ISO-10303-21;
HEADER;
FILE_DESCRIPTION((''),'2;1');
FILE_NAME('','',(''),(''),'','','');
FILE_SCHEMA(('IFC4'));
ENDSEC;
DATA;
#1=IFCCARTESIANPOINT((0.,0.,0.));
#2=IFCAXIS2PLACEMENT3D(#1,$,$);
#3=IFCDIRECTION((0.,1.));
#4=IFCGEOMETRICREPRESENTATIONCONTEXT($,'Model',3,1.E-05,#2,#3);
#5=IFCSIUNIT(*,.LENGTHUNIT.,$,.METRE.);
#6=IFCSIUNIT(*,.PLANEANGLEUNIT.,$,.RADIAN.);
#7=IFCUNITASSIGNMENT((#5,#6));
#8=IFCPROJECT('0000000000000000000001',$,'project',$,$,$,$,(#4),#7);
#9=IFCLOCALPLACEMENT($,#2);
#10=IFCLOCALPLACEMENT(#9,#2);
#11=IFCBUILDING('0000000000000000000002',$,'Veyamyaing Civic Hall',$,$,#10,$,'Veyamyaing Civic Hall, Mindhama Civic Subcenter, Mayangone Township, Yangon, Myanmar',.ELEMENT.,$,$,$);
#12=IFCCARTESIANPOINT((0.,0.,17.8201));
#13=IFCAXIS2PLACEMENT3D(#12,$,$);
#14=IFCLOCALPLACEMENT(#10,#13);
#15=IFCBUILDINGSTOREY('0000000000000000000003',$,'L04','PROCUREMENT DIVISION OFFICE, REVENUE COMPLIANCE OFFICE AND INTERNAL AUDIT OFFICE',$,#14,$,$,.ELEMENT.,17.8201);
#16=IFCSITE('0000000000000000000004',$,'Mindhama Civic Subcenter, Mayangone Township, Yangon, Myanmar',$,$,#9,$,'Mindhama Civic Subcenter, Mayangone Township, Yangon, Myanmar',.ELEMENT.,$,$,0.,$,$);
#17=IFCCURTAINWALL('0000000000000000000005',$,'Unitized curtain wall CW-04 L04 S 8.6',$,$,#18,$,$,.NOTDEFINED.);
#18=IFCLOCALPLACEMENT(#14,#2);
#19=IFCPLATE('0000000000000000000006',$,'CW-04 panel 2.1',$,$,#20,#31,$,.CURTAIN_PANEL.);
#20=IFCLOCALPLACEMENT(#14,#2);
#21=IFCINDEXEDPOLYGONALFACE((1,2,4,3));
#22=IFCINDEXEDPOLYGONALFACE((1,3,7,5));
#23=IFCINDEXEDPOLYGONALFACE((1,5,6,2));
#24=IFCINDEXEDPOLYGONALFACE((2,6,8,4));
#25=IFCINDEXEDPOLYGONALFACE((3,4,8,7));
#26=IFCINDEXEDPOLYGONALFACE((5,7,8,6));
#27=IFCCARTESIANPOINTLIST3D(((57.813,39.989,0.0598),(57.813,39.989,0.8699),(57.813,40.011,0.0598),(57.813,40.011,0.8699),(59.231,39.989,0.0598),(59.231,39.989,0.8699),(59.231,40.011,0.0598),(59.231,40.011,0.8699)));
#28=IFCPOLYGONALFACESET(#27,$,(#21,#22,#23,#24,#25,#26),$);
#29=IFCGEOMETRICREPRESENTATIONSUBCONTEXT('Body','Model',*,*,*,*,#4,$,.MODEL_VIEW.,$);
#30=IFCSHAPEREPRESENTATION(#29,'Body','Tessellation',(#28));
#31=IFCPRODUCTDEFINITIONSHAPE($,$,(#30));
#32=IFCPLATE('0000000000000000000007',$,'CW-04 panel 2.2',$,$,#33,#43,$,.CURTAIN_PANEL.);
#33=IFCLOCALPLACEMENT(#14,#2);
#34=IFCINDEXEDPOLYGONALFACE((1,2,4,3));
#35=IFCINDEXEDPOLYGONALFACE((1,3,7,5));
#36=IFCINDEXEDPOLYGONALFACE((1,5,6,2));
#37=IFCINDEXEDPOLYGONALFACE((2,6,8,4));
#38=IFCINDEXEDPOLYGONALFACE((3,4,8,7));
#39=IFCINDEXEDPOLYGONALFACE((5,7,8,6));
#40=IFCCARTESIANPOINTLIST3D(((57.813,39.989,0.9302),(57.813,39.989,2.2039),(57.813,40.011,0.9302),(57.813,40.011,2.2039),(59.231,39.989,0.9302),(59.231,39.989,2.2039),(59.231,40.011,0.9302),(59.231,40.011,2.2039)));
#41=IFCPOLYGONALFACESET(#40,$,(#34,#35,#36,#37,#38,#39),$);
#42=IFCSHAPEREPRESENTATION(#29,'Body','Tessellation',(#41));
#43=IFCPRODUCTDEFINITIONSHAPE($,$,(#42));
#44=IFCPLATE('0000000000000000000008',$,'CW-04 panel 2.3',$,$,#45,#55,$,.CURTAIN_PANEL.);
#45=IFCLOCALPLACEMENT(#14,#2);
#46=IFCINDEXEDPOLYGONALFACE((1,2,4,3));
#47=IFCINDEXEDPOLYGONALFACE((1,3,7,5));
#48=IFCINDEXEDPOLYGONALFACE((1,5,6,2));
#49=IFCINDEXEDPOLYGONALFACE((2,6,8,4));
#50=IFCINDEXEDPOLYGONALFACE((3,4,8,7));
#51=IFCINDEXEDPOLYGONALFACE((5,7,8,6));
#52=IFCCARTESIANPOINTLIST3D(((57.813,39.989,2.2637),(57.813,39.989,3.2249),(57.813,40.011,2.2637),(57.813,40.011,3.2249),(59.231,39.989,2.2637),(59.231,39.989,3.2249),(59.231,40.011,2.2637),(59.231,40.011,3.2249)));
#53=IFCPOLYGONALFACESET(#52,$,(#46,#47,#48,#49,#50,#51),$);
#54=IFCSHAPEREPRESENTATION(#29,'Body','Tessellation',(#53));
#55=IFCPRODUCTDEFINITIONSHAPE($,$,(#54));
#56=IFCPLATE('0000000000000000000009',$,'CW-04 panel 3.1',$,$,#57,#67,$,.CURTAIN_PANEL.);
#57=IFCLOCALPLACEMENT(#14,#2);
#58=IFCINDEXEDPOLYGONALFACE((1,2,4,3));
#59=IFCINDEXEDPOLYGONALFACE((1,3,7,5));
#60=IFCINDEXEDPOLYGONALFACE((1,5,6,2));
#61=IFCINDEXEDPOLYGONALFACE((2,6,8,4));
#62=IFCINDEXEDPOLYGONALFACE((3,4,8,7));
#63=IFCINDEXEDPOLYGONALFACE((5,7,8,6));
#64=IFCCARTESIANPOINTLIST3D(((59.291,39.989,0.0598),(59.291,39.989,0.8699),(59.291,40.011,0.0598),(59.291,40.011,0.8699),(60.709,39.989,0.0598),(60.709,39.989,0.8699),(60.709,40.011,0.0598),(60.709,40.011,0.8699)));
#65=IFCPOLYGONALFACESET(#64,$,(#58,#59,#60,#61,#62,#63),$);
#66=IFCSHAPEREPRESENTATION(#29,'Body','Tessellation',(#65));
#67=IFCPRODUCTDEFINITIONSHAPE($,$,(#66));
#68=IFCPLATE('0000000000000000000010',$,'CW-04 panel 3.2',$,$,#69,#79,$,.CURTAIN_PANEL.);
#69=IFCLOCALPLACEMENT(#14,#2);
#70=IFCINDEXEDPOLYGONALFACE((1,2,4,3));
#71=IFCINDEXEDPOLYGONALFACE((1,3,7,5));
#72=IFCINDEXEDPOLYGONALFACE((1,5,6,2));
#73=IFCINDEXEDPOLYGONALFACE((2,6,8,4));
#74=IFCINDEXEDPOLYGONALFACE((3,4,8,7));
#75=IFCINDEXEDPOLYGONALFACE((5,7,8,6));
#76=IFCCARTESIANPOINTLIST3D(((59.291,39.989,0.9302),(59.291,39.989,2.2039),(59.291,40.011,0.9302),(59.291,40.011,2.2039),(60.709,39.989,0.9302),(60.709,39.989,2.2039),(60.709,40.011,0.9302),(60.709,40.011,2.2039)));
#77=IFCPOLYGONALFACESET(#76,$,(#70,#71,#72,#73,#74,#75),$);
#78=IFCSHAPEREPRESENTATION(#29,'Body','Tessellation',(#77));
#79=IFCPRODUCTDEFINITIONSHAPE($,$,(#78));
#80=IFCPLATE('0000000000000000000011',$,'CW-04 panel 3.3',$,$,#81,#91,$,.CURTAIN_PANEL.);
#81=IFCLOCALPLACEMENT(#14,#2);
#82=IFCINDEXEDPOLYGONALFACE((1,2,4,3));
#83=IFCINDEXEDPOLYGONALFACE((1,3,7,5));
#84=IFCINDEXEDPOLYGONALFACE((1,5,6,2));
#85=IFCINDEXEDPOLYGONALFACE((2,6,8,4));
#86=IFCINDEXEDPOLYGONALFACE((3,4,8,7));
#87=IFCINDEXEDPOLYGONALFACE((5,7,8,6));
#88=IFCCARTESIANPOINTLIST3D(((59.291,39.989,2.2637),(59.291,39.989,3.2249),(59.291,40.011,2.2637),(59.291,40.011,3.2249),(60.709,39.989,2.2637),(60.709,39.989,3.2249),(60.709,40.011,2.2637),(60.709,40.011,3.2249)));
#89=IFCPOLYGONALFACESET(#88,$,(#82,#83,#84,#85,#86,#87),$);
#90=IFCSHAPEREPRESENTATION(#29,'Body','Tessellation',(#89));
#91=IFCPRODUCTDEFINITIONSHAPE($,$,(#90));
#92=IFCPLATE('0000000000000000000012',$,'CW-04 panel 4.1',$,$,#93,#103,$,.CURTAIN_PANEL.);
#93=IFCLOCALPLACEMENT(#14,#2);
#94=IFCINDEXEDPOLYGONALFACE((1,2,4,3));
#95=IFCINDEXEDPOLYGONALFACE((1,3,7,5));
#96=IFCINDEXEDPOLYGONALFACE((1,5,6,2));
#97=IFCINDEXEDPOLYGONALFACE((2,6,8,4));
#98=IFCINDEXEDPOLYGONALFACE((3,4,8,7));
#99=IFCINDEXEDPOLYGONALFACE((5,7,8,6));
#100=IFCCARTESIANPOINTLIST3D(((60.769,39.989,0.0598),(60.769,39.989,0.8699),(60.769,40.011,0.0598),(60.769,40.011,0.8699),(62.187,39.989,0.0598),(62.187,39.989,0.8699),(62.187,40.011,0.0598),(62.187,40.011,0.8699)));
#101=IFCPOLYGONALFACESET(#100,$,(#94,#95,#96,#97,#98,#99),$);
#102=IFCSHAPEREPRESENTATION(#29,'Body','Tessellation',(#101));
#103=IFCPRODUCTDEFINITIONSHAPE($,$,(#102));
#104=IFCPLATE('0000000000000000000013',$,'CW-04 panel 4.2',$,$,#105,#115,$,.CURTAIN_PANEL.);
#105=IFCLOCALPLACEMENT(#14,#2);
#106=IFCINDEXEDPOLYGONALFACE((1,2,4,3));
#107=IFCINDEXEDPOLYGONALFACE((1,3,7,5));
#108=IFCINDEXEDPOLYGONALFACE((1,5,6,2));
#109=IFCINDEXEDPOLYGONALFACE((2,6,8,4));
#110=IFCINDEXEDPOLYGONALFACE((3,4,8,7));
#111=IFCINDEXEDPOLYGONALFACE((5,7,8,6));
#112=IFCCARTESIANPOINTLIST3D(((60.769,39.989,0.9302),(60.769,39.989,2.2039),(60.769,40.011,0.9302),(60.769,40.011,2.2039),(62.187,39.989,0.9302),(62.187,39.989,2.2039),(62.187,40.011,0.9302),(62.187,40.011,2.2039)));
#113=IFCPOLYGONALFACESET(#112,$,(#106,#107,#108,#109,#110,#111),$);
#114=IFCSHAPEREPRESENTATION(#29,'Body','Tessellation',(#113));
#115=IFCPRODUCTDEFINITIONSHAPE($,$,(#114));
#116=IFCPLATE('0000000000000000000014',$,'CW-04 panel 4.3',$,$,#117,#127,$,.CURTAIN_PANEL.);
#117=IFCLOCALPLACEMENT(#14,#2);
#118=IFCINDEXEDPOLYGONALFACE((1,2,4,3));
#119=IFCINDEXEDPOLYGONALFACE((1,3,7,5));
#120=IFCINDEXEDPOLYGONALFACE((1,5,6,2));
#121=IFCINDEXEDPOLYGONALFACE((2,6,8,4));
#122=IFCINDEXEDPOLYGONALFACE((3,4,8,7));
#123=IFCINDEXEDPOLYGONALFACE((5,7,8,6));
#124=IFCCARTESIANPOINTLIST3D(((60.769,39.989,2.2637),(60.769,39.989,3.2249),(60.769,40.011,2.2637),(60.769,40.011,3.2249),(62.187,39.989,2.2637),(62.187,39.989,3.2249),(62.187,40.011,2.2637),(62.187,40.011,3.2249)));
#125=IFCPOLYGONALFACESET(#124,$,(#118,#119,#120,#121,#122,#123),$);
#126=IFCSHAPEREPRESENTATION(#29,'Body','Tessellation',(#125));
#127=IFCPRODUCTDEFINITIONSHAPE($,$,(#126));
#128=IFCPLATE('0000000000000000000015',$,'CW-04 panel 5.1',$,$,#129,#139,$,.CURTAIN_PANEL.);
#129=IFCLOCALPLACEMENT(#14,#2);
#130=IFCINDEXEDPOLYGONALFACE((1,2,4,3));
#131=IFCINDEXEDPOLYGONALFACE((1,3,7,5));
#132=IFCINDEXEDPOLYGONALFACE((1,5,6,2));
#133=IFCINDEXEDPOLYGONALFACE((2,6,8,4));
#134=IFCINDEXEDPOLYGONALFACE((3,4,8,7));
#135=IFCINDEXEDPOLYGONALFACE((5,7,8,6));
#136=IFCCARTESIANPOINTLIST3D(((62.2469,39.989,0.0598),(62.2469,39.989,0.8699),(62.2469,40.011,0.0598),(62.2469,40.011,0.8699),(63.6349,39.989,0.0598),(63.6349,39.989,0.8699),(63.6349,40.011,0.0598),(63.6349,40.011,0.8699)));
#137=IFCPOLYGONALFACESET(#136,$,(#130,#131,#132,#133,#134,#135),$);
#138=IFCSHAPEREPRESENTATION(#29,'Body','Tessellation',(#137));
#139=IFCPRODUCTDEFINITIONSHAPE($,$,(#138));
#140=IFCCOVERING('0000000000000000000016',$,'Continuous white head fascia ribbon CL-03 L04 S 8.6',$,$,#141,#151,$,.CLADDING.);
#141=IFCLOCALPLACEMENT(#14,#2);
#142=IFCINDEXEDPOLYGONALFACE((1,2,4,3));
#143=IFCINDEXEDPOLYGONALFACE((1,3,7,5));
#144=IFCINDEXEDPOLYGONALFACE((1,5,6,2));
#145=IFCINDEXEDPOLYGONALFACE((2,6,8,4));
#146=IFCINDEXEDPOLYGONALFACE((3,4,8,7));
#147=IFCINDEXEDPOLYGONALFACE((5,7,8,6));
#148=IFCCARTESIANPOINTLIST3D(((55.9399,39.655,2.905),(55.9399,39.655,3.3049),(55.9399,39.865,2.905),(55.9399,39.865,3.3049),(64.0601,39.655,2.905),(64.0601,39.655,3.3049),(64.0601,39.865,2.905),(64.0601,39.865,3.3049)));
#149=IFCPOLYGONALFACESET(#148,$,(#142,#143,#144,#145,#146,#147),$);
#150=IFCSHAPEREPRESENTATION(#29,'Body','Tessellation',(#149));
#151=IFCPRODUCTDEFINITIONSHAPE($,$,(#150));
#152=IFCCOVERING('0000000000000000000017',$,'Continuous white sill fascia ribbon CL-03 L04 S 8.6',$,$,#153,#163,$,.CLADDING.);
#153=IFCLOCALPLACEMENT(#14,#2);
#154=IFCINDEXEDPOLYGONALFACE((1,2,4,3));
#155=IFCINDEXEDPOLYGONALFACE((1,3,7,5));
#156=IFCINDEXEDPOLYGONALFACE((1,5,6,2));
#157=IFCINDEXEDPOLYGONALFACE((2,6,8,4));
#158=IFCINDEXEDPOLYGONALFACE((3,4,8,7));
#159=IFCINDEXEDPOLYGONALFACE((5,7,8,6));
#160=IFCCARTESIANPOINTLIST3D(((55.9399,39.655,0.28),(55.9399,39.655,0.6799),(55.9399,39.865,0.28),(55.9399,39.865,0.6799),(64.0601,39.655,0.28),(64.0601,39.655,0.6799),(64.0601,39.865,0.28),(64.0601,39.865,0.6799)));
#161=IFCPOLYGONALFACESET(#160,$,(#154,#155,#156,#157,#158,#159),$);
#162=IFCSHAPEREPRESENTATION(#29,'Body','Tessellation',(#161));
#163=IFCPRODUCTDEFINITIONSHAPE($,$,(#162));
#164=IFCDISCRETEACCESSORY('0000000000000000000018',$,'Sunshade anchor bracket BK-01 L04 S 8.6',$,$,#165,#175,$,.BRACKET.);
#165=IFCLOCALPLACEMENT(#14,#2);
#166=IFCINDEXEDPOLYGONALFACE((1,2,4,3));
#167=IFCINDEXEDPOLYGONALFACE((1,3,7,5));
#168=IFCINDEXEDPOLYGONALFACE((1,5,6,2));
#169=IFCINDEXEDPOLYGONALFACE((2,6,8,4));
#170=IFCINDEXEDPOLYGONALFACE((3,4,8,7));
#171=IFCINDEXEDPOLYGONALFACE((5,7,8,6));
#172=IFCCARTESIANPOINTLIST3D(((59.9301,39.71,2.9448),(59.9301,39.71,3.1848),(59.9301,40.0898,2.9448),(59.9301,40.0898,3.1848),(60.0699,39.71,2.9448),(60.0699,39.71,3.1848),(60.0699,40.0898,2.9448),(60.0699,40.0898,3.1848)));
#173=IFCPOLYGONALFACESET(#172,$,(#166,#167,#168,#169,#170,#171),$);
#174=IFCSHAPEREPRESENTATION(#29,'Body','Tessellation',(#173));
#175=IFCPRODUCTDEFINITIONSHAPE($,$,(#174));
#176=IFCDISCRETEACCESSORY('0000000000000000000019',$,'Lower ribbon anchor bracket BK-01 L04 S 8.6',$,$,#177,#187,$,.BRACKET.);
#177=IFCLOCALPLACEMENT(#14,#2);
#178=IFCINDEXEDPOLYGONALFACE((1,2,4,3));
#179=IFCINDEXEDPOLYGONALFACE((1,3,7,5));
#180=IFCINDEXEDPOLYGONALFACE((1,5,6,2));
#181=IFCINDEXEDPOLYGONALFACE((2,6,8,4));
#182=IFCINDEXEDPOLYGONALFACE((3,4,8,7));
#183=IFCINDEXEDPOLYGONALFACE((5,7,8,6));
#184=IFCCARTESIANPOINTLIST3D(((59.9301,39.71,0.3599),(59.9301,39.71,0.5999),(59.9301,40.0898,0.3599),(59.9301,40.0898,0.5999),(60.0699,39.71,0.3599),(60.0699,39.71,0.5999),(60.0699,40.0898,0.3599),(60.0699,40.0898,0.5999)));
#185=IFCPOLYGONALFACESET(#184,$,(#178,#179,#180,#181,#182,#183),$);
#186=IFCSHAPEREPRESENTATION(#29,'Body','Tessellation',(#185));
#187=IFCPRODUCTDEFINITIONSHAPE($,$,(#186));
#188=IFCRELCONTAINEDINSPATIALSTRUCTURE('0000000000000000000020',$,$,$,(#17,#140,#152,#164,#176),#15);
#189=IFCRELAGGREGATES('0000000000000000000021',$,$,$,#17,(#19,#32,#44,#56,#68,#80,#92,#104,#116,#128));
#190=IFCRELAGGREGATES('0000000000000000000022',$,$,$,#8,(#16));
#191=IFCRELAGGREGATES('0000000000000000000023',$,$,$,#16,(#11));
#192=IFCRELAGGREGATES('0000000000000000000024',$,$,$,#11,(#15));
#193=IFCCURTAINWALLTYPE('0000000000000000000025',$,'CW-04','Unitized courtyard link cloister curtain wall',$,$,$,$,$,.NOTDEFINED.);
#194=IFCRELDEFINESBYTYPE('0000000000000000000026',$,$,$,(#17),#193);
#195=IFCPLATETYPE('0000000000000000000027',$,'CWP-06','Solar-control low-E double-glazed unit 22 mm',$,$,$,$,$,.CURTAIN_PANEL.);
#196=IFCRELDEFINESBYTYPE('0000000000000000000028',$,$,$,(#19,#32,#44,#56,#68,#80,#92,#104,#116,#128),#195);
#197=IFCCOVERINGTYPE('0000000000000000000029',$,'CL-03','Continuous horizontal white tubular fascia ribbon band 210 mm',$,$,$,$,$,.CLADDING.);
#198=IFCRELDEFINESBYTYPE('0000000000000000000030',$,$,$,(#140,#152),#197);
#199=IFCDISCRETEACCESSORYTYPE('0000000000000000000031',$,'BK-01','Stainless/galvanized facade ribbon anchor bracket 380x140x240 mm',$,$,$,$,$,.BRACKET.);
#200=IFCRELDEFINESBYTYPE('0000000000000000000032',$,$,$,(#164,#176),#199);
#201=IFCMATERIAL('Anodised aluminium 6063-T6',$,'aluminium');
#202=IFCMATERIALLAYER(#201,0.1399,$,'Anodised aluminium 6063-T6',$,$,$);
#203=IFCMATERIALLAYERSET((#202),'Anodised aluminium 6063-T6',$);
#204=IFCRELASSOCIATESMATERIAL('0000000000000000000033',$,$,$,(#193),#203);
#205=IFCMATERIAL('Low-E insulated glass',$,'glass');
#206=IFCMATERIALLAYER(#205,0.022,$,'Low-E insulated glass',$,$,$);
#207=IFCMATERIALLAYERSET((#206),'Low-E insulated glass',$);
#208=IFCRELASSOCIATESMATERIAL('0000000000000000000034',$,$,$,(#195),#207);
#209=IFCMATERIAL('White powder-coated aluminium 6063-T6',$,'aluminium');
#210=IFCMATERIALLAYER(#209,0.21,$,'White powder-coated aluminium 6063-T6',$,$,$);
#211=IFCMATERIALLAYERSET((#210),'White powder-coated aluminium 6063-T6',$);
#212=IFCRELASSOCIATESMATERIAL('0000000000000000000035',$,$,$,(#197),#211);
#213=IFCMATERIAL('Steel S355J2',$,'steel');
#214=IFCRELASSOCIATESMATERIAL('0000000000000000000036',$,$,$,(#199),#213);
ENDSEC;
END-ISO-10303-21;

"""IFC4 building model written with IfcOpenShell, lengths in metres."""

from ifc_helpers import new_model, si_unit, direction, frame, origin, origin_2d, place, context, subcontext, project, spatial, rectangle, extrude, material, layer, layer_set, type_object, element, aggregate, save


model = new_model("IFC4")

# Units and contexts
model_context = context("Model", 3, precision=1e-05, world=origin(), true_north=direction((0.0, 1.0)))
body_context = subcontext(model_context, "Body", "Model", "MODEL_VIEW")
ifc_project = project(units=[si_unit("LENGTHUNIT", "METRE"), si_unit("PLANEANGLEUNIT", "RADIAN")], contexts=[model_context])

# Site, building, storey
site_placement = place(None, origin())
site = spatial("IfcSite", under=ifc_project, at=site_placement, Name="Mindhama Civic Subcenter, Mayangone Township, Yangon, Myanmar", LongName="Mindhama Civic Subcenter, Mayangone Township, Yangon, Myanmar", CompositionType="ELEMENT", RefElevation=0.0)
building_placement = place(site_placement, origin())
building = spatial("IfcBuilding", under=site, at=building_placement, Name="Veyamyaing Civic Hall", LongName="Veyamyaing Civic Hall, Mindhama Civic Subcenter, Mayangone Township, Yangon, Myanmar", CompositionType="ELEMENT")
storey_placement = place(building_placement, frame((0.0, 0.0, 17.8201)))
storey = spatial("IfcBuildingStorey", under=building, at=storey_placement, Name="L04", Description="PROCUREMENT DIVISION OFFICE, REVENUE COMPLIANCE OFFICE AND INTERNAL AUDIT OFFICE", CompositionType="ELEMENT", Elevation=17.8201)

# Curtain wall, plates
ifc_material_1 = material(Name="Anodised aluminium 6063-T6", Category="aluminium")
ifc_layer_1 = layer(ifc_material_1, 0.1399, Name="Anodised aluminium 6063-T6")
ifc_layer_set_1 = layer_set([ifc_layer_1], Name="Anodised aluminium 6063-T6")
curtain_wall_type = type_object("IfcCurtainWallType", Name="CW-04", Description="Unitized courtyard link cloister curtain wall", PredefinedType="NOTDEFINED", material=ifc_layer_set_1)
curtain_wall_placement = place(storey_placement, origin())
curtain_wall = element("IfcCurtainWall", 1, at=curtain_wall_placement, inside=storey, type_object=curtain_wall_type, Name="Unitized curtain wall CW-04 L04 S 8.6", PredefinedType="NOTDEFINED")
ifc_material_2 = material(Name="Low-E insulated glass", Category="glass")
ifc_layer_2 = layer(ifc_material_2, 0.022, Name="Low-E insulated glass")
ifc_layer_set_2 = layer_set([ifc_layer_2], Name="Low-E insulated glass")
plate_type = type_object("IfcPlateType", Name="CWP-06", Description="Solar-control low-E double-glazed unit 22 mm", PredefinedType="CURTAIN_PANEL", material=ifc_layer_set_2)
plate_1_placement = place(storey_placement, frame((58.522, 40.0, 0.0598), z_axis=(0.0, 0.0, 1.0), x_axis=(1.0, 0.0, 0.0)))
plate_1 = element("IfcPlate", 2, at=plate_1_placement, type_object=plate_type, Name="CW-04 panel 2.1", PredefinedType="CURTAIN_PANEL", context=body_context, shape_type="SweptSolid", body=[
    extrude(rectangle(XDim=1.418, YDim=0.022, at=origin_2d()), origin(), (0.0, 0.0, 1.0), 0.8101),
])
plate_2_placement = place(storey_placement, frame((58.522, 40.0, 0.9302), z_axis=(0.0, 0.0, 1.0), x_axis=(1.0, 0.0, 0.0)))
plate_2 = element("IfcPlate", 3, at=plate_2_placement, type_object=plate_type, Name="CW-04 panel 2.2", PredefinedType="CURTAIN_PANEL", context=body_context, shape_type="SweptSolid", body=[
    extrude(rectangle(XDim=1.418, YDim=0.022, at=origin_2d()), origin(), (0.0, 0.0, 1.0), 1.2737),
])
plate_3_placement = place(storey_placement, frame((58.522, 40.0, 2.2637), z_axis=(0.0, 0.0, 1.0), x_axis=(1.0, 0.0, 0.0)))
plate_3 = element("IfcPlate", 4, at=plate_3_placement, type_object=plate_type, Name="CW-04 panel 2.3", PredefinedType="CURTAIN_PANEL", context=body_context, shape_type="SweptSolid", body=[
    extrude(rectangle(XDim=1.418, YDim=0.022, at=origin_2d()), origin(), (0.0, 0.0, 1.0), 0.9612),
])
plate_4_placement = place(storey_placement, frame((60.0, 40.0, 0.0598), z_axis=(0.0, 0.0, 1.0), x_axis=(1.0, 0.0, 0.0)))
plate_4 = element("IfcPlate", 5, at=plate_4_placement, type_object=plate_type, Name="CW-04 panel 3.1", PredefinedType="CURTAIN_PANEL", context=body_context, shape_type="SweptSolid", body=[
    extrude(rectangle(XDim=1.418, YDim=0.022, at=origin_2d()), origin(), (0.0, 0.0, 1.0), 0.8101),
])
plate_5_placement = place(storey_placement, frame((60.0, 40.0, 0.9302), z_axis=(0.0, 0.0, 1.0), x_axis=(1.0, 0.0, 0.0)))
plate_5 = element("IfcPlate", 6, at=plate_5_placement, type_object=plate_type, Name="CW-04 panel 3.2", PredefinedType="CURTAIN_PANEL", context=body_context, shape_type="SweptSolid", body=[
    extrude(rectangle(XDim=1.418, YDim=0.022, at=origin_2d()), origin(), (0.0, 0.0, 1.0), 1.2737),
])
plate_6_placement = place(storey_placement, frame((60.0, 40.0, 2.2637), z_axis=(0.0, 0.0, 1.0), x_axis=(1.0, 0.0, 0.0)))
plate_6 = element("IfcPlate", 7, at=plate_6_placement, type_object=plate_type, Name="CW-04 panel 3.3", PredefinedType="CURTAIN_PANEL", context=body_context, shape_type="SweptSolid", body=[
    extrude(rectangle(XDim=1.418, YDim=0.022, at=origin_2d()), origin(), (0.0, 0.0, 1.0), 0.9612),
])
plate_7_placement = place(storey_placement, frame((61.478, 40.0, 0.0598), z_axis=(0.0, 0.0, 1.0), x_axis=(1.0, 0.0, 0.0)))
plate_7 = element("IfcPlate", 8, at=plate_7_placement, type_object=plate_type, Name="CW-04 panel 4.1", PredefinedType="CURTAIN_PANEL", context=body_context, shape_type="SweptSolid", body=[
    extrude(rectangle(XDim=1.418, YDim=0.022, at=origin_2d()), origin(), (0.0, 0.0, 1.0), 0.8101),
])
plate_8_placement = place(storey_placement, frame((61.478, 40.0, 0.9302), z_axis=(0.0, 0.0, 1.0), x_axis=(1.0, 0.0, 0.0)))
plate_8 = element("IfcPlate", 9, at=plate_8_placement, type_object=plate_type, Name="CW-04 panel 4.2", PredefinedType="CURTAIN_PANEL", context=body_context, shape_type="SweptSolid", body=[
    extrude(rectangle(XDim=1.418, YDim=0.022, at=origin_2d()), origin(), (0.0, 0.0, 1.0), 1.2737),
])
plate_9_placement = place(storey_placement, frame((61.478, 40.0, 2.2637), z_axis=(0.0, 0.0, 1.0), x_axis=(1.0, 0.0, 0.0)))
plate_9 = element("IfcPlate", 10, at=plate_9_placement, type_object=plate_type, Name="CW-04 panel 4.3", PredefinedType="CURTAIN_PANEL", context=body_context, shape_type="SweptSolid", body=[
    extrude(rectangle(XDim=1.418, YDim=0.022, at=origin_2d()), origin(), (0.0, 0.0, 1.0), 0.9612),
])
plate_10_placement = place(storey_placement, frame((62.9409, 40.0, 0.0598), z_axis=(0.0, 0.0, 1.0), x_axis=(1.0, 0.0, 0.0)))
plate_10 = element("IfcPlate", 11, at=plate_10_placement, type_object=plate_type, Name="CW-04 panel 5.1", PredefinedType="CURTAIN_PANEL", context=body_context, shape_type="SweptSolid", body=[
    extrude(rectangle(XDim=1.3879, YDim=0.022, at=origin_2d()), origin(), (0.0, 0.0, 1.0), 0.8101),
])
aggregate(curtain_wall, [plate_1, plate_2, plate_3, plate_4, plate_5, plate_6, plate_7, plate_8, plate_9, plate_10])

# Coverings
ifc_material_3 = material(Name="White powder-coated aluminium 6063-T6", Category="aluminium")
ifc_layer_3 = layer(ifc_material_3, 0.21, Name="White powder-coated aluminium 6063-T6")
ifc_layer_set_3 = layer_set([ifc_layer_3], Name="White powder-coated aluminium 6063-T6")
covering_type = type_object("IfcCoveringType", Name="CL-03", Description="Continuous horizontal white tubular fascia ribbon band 210 mm", PredefinedType="CLADDING", material=ifc_layer_set_3)
for number, where, z_axis, x_axis, name in (
    (12, (60.0, 39.76, 2.905), (0.0, 0.0, 1.0), (1.0, 0.0, 0.0), "Continuous white head fascia ribbon CL-03 L04 S 8.6"),
    (13, (60.0, 39.76, 0.28), (0.0, 0.0, 1.0), (1.0, 0.0, 0.0), "Continuous white sill fascia ribbon CL-03 L04 S 8.6"),
):
    element("IfcCovering", number, at=place(storey_placement, frame(where, z_axis=z_axis, x_axis=x_axis)), inside=storey, type_object=covering_type, Name=name, PredefinedType="CLADDING", context=body_context, shape_type="SweptSolid", body=[
        extrude(rectangle(XDim=8.1201, YDim=0.21, at=origin_2d()), origin(), (0.0, 0.0, 1.0), 0.3999),
    ])

# Discrete accessories
ifc_material_4 = material(Name="Steel S355J2", Category="steel")
discrete_accessory_type = type_object("IfcDiscreteAccessoryType", Name="BK-01", Description="Stainless/galvanized facade ribbon anchor bracket 380x140x240 mm", PredefinedType="BRACKET", material=ifc_material_4)
for number, where, z_axis, x_axis, name in (
    (14, (60.0, 39.8999, 2.9448), (0.0, 0.0, 1.0), (0.0, -1.0, 0.0), "Sunshade anchor bracket BK-01 L04 S 8.6"),
    (15, (60.0, 39.8999, 0.3599), (0.0, 0.0, 1.0), (0.0, -1.0, 0.0), "Lower ribbon anchor bracket BK-01 L04 S 8.6"),
):
    element("IfcDiscreteAccessory", number, at=place(storey_placement, frame(where, z_axis=z_axis, x_axis=x_axis)), inside=storey, type_object=discrete_accessory_type, Name=name, PredefinedType="BRACKET", context=body_context, shape_type="SweptSolid", body=[
        extrude(rectangle(XDim=0.3799, YDim=0.1399, at=origin_2d()), origin(), (0.0, 0.0, 1.0), 0.24),
    ])

save(model, "model.ifc")
